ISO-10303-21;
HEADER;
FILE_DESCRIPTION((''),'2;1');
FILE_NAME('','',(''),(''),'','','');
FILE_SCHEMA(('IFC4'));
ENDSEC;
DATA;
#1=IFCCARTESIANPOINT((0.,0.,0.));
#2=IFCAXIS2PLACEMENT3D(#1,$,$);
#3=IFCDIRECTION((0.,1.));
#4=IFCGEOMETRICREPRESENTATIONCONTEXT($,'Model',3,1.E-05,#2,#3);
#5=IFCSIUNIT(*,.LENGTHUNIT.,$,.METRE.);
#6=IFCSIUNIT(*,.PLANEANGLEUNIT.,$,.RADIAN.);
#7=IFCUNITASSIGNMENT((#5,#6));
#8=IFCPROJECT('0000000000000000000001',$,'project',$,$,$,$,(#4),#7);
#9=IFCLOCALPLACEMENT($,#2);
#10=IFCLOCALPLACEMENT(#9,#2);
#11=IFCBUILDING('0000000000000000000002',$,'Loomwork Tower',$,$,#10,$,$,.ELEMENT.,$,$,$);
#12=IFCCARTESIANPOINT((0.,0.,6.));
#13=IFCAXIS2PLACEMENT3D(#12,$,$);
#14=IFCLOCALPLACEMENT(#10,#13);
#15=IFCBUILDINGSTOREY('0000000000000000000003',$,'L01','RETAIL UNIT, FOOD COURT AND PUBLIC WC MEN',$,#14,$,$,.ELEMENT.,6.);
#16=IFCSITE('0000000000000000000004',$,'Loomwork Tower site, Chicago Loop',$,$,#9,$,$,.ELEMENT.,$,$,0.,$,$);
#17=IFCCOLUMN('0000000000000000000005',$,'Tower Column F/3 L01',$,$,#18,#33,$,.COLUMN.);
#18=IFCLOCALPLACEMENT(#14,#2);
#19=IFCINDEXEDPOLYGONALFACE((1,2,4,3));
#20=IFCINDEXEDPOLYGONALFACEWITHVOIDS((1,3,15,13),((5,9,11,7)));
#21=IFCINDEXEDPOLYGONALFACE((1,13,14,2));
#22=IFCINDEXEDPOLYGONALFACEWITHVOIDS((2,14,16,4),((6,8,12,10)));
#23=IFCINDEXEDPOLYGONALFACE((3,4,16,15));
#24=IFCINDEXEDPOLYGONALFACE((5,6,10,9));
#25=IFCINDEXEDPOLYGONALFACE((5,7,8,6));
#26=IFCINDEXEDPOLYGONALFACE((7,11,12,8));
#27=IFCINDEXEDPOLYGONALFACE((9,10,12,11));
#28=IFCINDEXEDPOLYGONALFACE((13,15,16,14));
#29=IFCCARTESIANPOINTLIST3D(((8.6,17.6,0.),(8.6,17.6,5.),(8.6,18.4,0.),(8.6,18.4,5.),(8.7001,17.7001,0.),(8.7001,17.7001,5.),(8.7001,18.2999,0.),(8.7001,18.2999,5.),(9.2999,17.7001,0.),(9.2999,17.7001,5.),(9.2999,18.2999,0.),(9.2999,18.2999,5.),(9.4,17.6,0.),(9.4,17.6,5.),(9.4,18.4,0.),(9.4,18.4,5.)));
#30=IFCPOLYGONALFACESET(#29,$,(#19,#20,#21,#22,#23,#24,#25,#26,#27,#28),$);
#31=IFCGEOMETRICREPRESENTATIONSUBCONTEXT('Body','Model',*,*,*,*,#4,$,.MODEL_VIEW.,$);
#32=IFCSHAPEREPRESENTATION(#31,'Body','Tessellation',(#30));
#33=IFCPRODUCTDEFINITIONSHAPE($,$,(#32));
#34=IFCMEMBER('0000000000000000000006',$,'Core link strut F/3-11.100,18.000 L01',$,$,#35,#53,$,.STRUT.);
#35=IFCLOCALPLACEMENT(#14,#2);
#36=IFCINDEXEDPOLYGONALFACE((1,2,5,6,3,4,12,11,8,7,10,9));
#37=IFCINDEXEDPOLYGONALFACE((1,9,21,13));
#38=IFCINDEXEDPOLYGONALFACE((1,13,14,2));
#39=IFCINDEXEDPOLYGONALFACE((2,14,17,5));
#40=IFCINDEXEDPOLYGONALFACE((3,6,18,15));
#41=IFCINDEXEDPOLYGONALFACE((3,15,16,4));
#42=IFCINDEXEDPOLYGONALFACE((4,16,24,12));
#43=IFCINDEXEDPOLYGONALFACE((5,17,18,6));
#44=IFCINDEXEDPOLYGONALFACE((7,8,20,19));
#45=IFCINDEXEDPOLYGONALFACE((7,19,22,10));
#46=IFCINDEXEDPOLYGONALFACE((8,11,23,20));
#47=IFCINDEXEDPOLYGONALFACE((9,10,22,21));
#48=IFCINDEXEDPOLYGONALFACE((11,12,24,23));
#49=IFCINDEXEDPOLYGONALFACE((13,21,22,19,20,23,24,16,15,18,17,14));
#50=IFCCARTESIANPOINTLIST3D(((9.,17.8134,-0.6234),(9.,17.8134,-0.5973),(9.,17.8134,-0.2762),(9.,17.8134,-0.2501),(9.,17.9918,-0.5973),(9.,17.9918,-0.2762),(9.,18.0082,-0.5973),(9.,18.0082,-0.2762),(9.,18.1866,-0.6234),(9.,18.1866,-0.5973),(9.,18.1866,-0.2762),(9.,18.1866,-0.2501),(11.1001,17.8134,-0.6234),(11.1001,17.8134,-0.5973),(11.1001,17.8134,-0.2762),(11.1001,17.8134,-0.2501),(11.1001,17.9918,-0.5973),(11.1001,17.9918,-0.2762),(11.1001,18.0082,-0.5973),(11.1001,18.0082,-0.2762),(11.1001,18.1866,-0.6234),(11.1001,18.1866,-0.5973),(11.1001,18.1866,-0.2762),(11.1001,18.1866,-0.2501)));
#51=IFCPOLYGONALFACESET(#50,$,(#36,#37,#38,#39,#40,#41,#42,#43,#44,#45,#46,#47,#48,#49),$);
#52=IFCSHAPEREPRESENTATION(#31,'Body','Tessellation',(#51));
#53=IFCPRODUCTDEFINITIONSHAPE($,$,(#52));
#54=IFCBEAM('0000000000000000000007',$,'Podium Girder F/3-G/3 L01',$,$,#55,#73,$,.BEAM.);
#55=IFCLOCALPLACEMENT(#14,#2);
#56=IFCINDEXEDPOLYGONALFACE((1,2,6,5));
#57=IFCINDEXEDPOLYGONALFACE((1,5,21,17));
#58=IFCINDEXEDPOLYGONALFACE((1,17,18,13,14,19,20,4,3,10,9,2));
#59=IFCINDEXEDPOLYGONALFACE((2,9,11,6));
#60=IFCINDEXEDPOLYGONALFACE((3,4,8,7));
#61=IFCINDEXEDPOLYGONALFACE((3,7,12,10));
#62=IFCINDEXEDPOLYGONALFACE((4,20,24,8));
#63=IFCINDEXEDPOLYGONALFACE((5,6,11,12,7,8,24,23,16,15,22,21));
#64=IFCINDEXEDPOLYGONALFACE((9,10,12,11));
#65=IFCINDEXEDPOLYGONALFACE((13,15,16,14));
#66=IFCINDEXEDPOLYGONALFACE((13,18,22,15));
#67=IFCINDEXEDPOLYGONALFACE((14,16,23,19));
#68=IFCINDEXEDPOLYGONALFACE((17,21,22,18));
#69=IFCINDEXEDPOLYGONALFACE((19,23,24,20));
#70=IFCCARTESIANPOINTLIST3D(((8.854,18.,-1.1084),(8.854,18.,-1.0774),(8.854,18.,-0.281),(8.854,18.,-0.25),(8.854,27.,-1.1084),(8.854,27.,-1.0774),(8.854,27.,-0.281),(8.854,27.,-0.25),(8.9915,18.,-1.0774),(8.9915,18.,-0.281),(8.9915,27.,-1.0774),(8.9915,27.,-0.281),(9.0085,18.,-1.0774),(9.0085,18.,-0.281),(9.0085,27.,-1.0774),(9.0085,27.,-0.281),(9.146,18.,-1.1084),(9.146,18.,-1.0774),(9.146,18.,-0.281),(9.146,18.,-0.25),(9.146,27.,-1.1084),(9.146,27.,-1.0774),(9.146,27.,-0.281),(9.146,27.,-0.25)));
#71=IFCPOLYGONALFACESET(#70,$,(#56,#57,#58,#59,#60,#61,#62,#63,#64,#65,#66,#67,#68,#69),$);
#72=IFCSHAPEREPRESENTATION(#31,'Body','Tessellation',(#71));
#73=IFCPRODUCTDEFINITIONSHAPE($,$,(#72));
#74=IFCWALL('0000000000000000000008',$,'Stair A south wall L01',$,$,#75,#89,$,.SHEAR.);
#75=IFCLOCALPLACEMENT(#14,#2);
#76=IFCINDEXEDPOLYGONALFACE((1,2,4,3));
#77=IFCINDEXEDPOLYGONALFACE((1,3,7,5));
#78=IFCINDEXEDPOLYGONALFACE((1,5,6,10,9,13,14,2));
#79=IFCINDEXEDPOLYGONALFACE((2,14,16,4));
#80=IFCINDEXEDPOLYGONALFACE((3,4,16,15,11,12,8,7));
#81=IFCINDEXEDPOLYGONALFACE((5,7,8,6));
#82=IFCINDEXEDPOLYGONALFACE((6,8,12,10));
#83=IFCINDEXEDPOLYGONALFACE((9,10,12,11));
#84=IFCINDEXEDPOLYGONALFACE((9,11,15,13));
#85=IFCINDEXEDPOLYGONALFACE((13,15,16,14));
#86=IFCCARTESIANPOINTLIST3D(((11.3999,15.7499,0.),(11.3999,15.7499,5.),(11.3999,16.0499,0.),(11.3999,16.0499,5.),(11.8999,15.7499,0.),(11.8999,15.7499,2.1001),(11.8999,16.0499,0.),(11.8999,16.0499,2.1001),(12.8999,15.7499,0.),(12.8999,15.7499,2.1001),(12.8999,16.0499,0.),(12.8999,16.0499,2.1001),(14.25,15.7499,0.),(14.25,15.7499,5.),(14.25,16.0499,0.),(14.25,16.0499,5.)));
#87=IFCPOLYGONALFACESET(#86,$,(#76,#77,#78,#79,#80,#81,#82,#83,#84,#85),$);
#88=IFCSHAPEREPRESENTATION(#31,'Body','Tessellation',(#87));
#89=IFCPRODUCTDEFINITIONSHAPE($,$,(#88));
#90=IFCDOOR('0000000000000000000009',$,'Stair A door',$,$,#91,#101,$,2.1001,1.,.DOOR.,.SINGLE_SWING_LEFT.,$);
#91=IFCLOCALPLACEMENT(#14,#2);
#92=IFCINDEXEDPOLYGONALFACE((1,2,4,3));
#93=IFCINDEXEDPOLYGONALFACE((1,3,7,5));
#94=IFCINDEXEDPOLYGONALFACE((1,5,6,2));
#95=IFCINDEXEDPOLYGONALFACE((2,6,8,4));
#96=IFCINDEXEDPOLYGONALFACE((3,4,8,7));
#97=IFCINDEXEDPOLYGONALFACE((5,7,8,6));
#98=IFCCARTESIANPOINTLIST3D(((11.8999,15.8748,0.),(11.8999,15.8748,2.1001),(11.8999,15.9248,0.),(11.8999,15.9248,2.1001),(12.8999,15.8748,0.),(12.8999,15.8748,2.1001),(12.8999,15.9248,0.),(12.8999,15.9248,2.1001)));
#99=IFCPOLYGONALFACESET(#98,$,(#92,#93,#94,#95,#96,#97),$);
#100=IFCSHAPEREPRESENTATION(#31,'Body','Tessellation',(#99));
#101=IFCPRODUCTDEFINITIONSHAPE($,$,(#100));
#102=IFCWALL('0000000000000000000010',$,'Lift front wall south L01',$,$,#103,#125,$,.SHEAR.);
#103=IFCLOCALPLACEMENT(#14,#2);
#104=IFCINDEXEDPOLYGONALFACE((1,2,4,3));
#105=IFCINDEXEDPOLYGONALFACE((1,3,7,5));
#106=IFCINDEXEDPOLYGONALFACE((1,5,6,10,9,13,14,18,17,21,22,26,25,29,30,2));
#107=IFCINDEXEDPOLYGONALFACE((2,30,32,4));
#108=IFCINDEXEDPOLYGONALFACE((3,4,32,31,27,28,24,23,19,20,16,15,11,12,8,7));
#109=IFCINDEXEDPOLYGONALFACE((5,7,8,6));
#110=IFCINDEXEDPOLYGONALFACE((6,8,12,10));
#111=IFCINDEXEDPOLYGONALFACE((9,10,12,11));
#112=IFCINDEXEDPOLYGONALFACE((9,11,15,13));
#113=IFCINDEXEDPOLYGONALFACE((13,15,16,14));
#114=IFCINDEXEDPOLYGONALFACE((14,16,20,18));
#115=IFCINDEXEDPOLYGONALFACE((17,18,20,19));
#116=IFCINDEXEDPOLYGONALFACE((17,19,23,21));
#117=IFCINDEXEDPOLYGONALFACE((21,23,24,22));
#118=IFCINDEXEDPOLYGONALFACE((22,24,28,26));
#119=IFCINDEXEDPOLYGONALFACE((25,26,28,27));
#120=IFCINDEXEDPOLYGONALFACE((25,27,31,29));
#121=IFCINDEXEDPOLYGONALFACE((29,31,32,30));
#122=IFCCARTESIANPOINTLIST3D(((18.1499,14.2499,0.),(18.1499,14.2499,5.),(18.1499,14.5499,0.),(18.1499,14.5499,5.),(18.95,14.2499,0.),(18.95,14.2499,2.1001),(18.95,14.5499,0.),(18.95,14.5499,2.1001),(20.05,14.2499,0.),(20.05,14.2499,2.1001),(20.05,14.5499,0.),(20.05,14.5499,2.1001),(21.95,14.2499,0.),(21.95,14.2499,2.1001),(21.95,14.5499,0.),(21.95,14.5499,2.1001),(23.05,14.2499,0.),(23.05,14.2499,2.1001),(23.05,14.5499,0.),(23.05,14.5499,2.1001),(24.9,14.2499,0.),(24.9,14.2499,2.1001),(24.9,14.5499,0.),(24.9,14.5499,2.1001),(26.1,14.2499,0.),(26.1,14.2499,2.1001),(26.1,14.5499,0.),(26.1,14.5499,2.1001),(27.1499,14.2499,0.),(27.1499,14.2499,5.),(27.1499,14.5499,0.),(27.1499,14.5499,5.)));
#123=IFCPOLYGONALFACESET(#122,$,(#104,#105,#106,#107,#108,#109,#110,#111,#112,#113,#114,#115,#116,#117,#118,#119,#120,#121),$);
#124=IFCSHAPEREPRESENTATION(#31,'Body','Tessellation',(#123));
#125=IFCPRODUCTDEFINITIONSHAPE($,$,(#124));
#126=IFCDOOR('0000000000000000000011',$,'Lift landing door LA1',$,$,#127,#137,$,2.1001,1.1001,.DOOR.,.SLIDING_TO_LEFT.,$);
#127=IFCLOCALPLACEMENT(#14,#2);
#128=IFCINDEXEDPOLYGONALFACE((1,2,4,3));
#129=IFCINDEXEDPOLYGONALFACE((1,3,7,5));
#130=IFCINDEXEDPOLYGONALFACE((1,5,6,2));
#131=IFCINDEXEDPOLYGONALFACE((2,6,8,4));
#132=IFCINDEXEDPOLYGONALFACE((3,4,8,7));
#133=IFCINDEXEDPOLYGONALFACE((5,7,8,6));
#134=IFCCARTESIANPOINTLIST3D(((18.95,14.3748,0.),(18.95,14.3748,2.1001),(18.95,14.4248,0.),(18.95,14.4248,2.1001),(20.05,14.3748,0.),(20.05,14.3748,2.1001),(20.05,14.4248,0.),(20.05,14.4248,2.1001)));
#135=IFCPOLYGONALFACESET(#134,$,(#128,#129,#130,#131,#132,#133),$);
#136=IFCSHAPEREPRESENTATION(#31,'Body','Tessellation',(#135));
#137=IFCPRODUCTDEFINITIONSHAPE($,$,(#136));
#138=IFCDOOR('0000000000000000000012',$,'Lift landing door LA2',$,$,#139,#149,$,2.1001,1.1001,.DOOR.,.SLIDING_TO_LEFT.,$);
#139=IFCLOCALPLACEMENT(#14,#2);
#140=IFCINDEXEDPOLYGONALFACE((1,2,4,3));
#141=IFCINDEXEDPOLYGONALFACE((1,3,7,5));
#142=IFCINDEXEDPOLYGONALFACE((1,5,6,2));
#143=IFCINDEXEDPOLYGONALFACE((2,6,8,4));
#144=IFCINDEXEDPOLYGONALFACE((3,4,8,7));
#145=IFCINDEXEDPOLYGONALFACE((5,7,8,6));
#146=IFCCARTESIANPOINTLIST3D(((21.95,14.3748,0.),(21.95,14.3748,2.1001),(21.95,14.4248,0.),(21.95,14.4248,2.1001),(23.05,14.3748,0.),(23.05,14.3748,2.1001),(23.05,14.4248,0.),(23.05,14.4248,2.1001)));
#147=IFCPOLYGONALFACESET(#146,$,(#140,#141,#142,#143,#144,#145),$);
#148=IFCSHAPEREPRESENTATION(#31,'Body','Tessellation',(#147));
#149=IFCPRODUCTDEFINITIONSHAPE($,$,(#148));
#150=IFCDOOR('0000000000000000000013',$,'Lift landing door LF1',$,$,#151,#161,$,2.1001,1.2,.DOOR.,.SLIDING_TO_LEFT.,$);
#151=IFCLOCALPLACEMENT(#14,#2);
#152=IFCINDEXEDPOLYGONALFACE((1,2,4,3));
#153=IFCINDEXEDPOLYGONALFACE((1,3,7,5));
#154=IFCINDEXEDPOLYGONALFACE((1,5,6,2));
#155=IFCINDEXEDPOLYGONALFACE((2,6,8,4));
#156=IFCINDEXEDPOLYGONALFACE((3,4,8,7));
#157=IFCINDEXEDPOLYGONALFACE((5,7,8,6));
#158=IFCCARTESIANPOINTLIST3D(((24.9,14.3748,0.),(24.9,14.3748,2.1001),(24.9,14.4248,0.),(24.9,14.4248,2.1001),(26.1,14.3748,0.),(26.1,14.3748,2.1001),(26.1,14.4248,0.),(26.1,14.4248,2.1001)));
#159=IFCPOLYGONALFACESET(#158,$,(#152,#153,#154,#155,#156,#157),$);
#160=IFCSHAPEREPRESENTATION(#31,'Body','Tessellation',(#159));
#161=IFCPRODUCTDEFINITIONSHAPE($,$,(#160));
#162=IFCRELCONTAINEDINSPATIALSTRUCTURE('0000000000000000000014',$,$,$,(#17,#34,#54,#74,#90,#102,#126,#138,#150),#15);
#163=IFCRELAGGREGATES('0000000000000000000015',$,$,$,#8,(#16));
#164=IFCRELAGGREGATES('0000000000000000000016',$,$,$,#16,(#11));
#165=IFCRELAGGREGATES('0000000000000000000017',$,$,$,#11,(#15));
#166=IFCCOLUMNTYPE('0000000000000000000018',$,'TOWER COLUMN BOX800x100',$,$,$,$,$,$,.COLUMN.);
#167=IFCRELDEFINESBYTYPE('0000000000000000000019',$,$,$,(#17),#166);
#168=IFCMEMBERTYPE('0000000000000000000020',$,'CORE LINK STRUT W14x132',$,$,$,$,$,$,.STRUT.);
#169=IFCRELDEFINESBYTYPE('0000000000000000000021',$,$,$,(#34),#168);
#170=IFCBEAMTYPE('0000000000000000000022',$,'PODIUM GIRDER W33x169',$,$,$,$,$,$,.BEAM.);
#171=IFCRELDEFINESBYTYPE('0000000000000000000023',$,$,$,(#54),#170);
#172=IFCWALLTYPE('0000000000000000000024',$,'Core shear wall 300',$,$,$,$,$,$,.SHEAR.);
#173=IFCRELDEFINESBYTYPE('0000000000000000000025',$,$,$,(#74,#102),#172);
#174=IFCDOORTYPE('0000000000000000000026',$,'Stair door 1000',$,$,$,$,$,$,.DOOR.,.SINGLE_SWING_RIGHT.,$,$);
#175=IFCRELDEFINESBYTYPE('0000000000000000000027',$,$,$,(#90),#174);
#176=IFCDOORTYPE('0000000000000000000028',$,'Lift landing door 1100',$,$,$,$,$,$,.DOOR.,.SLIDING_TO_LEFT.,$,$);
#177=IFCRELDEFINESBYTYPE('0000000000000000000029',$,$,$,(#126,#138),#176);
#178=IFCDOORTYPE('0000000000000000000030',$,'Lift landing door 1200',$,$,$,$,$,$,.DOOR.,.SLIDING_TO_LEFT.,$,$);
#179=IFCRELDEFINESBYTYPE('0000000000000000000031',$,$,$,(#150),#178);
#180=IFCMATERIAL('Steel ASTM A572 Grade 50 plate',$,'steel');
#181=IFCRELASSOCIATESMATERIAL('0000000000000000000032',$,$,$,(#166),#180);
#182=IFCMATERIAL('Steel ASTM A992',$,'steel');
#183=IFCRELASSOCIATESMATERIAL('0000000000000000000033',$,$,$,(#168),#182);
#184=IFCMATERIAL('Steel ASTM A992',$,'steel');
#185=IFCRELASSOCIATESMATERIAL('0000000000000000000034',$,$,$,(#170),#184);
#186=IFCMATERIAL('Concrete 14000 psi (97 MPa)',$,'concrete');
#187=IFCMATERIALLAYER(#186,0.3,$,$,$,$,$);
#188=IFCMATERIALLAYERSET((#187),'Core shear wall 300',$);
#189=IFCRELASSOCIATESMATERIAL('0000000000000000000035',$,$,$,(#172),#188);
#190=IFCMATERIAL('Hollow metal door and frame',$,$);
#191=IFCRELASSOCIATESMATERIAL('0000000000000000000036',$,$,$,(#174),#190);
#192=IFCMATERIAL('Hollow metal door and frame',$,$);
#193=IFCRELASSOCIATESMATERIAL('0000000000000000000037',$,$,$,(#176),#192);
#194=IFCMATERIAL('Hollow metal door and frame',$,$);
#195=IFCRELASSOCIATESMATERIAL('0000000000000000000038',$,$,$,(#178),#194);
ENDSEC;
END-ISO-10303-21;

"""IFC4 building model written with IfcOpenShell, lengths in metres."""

from ifc_helpers import new_model, si_unit, direction, frame, frame_2d, origin, origin_2d, place, context, subcontext, project, spatial, rectangle, hollow_rectangle, i_section, extrude, material, layer, layer_set, material_profile, profile_set, type_object, element, fill, save


model = new_model("IFC4")

# Units and contexts
model_context = context("Model", 3, precision=1e-05, world=origin(), true_north=direction((0.0, 1.0)))
body_context = subcontext(model_context, "Body", "Model", "MODEL_VIEW")
ifc_project = project(units=[si_unit("LENGTHUNIT", "METRE"), si_unit("PLANEANGLEUNIT", "RADIAN")], contexts=[model_context])

# Site, building, storey
site_placement = place(None, origin())
site = spatial("IfcSite", under=ifc_project, at=site_placement, Name="Loomwork Tower site, Chicago Loop", CompositionType="ELEMENT", RefElevation=0.0)
building_placement = place(site_placement, origin())
building = spatial("IfcBuilding", under=site, at=building_placement, Name="Loomwork Tower", CompositionType="ELEMENT")
storey_placement = place(building_placement, frame((0.0, 0.0, 6.0)))
storey = spatial("IfcBuildingStorey", under=building, at=storey_placement, Name="L01", Description="RETAIL UNIT, FOOD COURT AND PUBLIC WC MEN", CompositionType="ELEMENT", Elevation=6.0)

# Column
ifc_material_1 = material(Name="Steel ASTM A572 Grade 50 plate", Category="steel")
ifc_material_profile_1 = material_profile(ifc_material_1, hollow_rectangle(XDim=0.8, YDim=0.8, WallThickness=0.1001, at=origin_2d()), Name="BOX800x100")
ifc_profile_set_1 = profile_set([ifc_material_profile_1], Name="Steel ASTM A572 Grade 50 plate")
column_type = type_object("IfcColumnType", Name="TOWER COLUMN BOX800x100", PredefinedType="COLUMN", material=ifc_profile_set_1)
column_placement = place(storey_placement, frame((9.0, 18.0, 0.0), z_axis=(0.0, 0.0, 1.0), x_axis=(1.0, 0.0, 0.0)))
element("IfcColumn", 1, at=column_placement, inside=storey, type_object=column_type, Name="Tower Column F/3 L01", PredefinedType="COLUMN", context=body_context, shape_type="SweptSolid", body=[
    extrude(hollow_rectangle(XDim=0.8, YDim=0.8, WallThickness=0.1001, at=origin_2d()), origin(), (0.0, 0.0, 1.0), 5.0),
])

# Member
ifc_material_2 = material(Name="Steel ASTM A992", Category="steel")
ifc_material_profile_2 = material_profile(ifc_material_2, i_section(OverallWidth=0.3733, OverallDepth=0.3733, WebThickness=0.0164, FlangeThickness=0.0261, at=origin_2d()), Name="W14x132")
ifc_profile_set_2 = profile_set([ifc_material_profile_2], Name="Steel ASTM A992")
member_type = type_object("IfcMemberType", Name="CORE LINK STRUT W14x132", PredefinedType="STRUT", material=ifc_profile_set_2)
member_placement = place(storey_placement, frame((9.0, 18.0, -0.4368), z_axis=(1.0, 0.0, 0.0), x_axis=(0.0, 1.0, 0.0)))
element("IfcMember", 2, at=member_placement, inside=storey, type_object=member_type, Name="Core link strut F/3-11.100,18.000 L01", PredefinedType="STRUT", context=body_context, shape_type="SweptSolid", body=[
    extrude(i_section(OverallWidth=0.3733, OverallDepth=0.3733, WebThickness=0.0164, FlangeThickness=0.0261, at=origin_2d()), origin(), (0.0, 0.0, 1.0), 2.1001),
])

# Beam
ifc_material_3 = material(Name="Steel ASTM A992", Category="steel")
ifc_material_profile_3 = material_profile(ifc_material_3, i_section(OverallWidth=0.292, OverallDepth=0.8584, WebThickness=0.0171, FlangeThickness=0.031, at=origin_2d()), Name="W33x169")
ifc_profile_set_3 = profile_set([ifc_material_profile_3], Name="Steel ASTM A992")
beam_type = type_object("IfcBeamType", Name="PODIUM GIRDER W33x169", PredefinedType="BEAM", material=ifc_profile_set_3)
beam_placement = place(storey_placement, frame((9.0, 18.0, -0.6792), z_axis=(0.0, 1.0, 0.0), x_axis=(-1.0, 0.0, 0.0)))
element("IfcBeam", 3, at=beam_placement, inside=storey, type_object=beam_type, Name="Podium Girder F/3-G/3 L01", PredefinedType="BEAM", context=body_context, shape_type="SweptSolid", body=[
    extrude(i_section(OverallWidth=0.292, OverallDepth=0.8584, WebThickness=0.0171, FlangeThickness=0.031, at=origin_2d()), origin(), (0.0, 0.0, 1.0), 9.0),
])

# Wall, opening, door
ifc_material_4 = material(Name="Concrete 14000 psi (97 MPa)", Category="concrete")
ifc_layer_1 = layer(ifc_material_4, 0.3)
ifc_layer_set_1 = layer_set([ifc_layer_1], Name="Core shear wall 300")
wall_type_1 = type_object("IfcWallType", Name="Core shear wall 300", PredefinedType="SHEAR", material=ifc_layer_set_1)
wall_1_placement = place(storey_placement, frame((11.3999, 15.8999, 0.0), z_axis=(0.0, 0.0, 1.0), x_axis=(1.0, 0.0, 0.0)))
wall_1 = element("IfcWall", 4, at=wall_1_placement, inside=storey, type_object=wall_type_1, Name="Stair A south wall L01", PredefinedType="SHEAR", context=body_context, shape_type="SweptSolid", body=[
    extrude(rectangle(XDim=2.8501, YDim=0.3, at=frame_2d((1.425, 0.0))), origin(), (0.0, 0.0, 1.0), 5.0),
])
opening_1_placement = place(wall_1_placement, frame((0.5, 0.0, 0.0)))
opening_1 = element("IfcOpeningElement", 5, at=opening_1_placement, cuts=wall_1, PredefinedType="OPENING", context=body_context, shape_type="SweptSolid", body=[
    extrude(rectangle(XDim=1.0, YDim=2.1001, at=frame_2d((0.5, 1.05))), frame((0.0, 0.1599, 0.0), z_axis=(0.0, -1.0, 0.0), x_axis=(1.0, 0.0, 0.0)), (0.0, 0.0, 1.0), 0.3201),
])
ifc_material_5 = material(Name="Hollow metal door and frame")
door_type_1 = type_object("IfcDoorType", Name="Stair door 1000", OperationType="SINGLE_SWING_RIGHT", PredefinedType="DOOR", material=ifc_material_5)
door_1_placement = place(opening_1_placement, origin())
door_1 = element("IfcDoor", 6, at=door_1_placement, inside=storey, type_object=door_type_1, Name="Stair A door", OperationType="SINGLE_SWING_LEFT", OverallHeight=2.1001, OverallWidth=1.0, PredefinedType="DOOR", context=body_context, shape_type="SweptSolid", body=[
    extrude(rectangle(XDim=1.0, YDim=2.1001, at=frame_2d((0.5, 1.05))), frame((0.0, 0.0249, 0.0), z_axis=(0.0, -1.0, 0.0), x_axis=(1.0, 0.0, 0.0)), (0.0, 0.0, 1.0), 0.05),
])
fill(opening_1, door_1)

# Wall, openings, doors
wall_2_placement = place(storey_placement, frame((18.1499, 14.3999, 0.0), z_axis=(0.0, 0.0, 1.0), x_axis=(1.0, 0.0, 0.0)))
wall_2 = element("IfcWall", 7, at=wall_2_placement, inside=storey, type_object=wall_type_1, Name="Lift front wall south L01", PredefinedType="SHEAR", context=body_context, shape_type="SweptSolid", body=[
    extrude(rectangle(XDim=9.0, YDim=0.3, at=frame_2d((4.5, 0.0))), origin(), (0.0, 0.0, 1.0), 5.0),
])
opening_2_placement = place(wall_2_placement, frame((0.8, 0.0, 0.0)))
opening_2 = element("IfcOpeningElement", 8, at=opening_2_placement, cuts=wall_2, PredefinedType="OPENING", context=body_context, shape_type="SweptSolid", body=[
    extrude(rectangle(XDim=1.1001, YDim=2.1001, at=frame_2d((0.55, 1.05))), frame((0.0, 0.1599, 0.0), z_axis=(0.0, -1.0, 0.0), x_axis=(1.0, 0.0, 0.0)), (0.0, 0.0, 1.0), 0.3201),
])
opening_3_placement = place(wall_2_placement, frame((3.8, 0.0, 0.0)))
opening_3 = element("IfcOpeningElement", 9, at=opening_3_placement, cuts=wall_2, PredefinedType="OPENING", context=body_context, shape_type="SweptSolid", body=[
    extrude(rectangle(XDim=1.1001, YDim=2.1001, at=frame_2d((0.55, 1.05))), frame((0.0, 0.1599, 0.0), z_axis=(0.0, -1.0, 0.0), x_axis=(1.0, 0.0, 0.0)), (0.0, 0.0, 1.0), 0.3201),
])
opening_4_placement = place(wall_2_placement, frame((6.75, 0.0, 0.0)))
opening_4 = element("IfcOpeningElement", 10, at=opening_4_placement, cuts=wall_2, PredefinedType="OPENING", context=body_context, shape_type="SweptSolid", body=[
    extrude(rectangle(XDim=1.2, YDim=2.1001, at=frame_2d((0.6001, 1.05))), frame((0.0, 0.1599, 0.0), z_axis=(0.0, -1.0, 0.0), x_axis=(1.0, 0.0, 0.0)), (0.0, 0.0, 1.0), 0.3201),
])
ifc_material_6 = material(Name="Hollow metal door and frame")
door_type_2 = type_object("IfcDoorType", Name="Lift landing door 1100", OperationType="SLIDING_TO_LEFT", PredefinedType="DOOR", material=ifc_material_6)
door_2_placement = place(opening_2_placement, origin())
door_2 = element("IfcDoor", 11, at=door_2_placement, inside=storey, type_object=door_type_2, Name="Lift landing door LA1", OperationType="SLIDING_TO_LEFT", OverallHeight=2.1001, OverallWidth=1.1001, PredefinedType="DOOR", context=body_context, shape_type="SweptSolid", body=[
    extrude(rectangle(XDim=1.1001, YDim=2.1001, at=frame_2d((0.55, 1.05))), frame((0.0, 0.0249, 0.0), z_axis=(0.0, -1.0, 0.0), x_axis=(1.0, 0.0, 0.0)), (0.0, 0.0, 1.0), 0.05),
])
fill(opening_2, door_2)
door_3_placement = place(opening_3_placement, origin())
door_3 = element("IfcDoor", 12, at=door_3_placement, inside=storey, type_object=door_type_2, Name="Lift landing door LA2", OperationType="SLIDING_TO_LEFT", OverallHeight=2.1001, OverallWidth=1.1001, PredefinedType="DOOR", context=body_context, shape_type="SweptSolid", body=[
    extrude(rectangle(XDim=1.1001, YDim=2.1001, at=frame_2d((0.55, 1.05))), frame((0.0, 0.0249, 0.0), z_axis=(0.0, -1.0, 0.0), x_axis=(1.0, 0.0, 0.0)), (0.0, 0.0, 1.0), 0.05),
])
fill(opening_3, door_3)
ifc_material_7 = material(Name="Hollow metal door and frame")
door_type_3 = type_object("IfcDoorType", Name="Lift landing door 1200", OperationType="SLIDING_TO_LEFT", PredefinedType="DOOR", material=ifc_material_7)
door_4_placement = place(opening_4_placement, origin())
door_4 = element("IfcDoor", 13, at=door_4_placement, inside=storey, type_object=door_type_3, Name="Lift landing door LF1", OperationType="SLIDING_TO_LEFT", OverallHeight=2.1001, OverallWidth=1.2, PredefinedType="DOOR", context=body_context, shape_type="SweptSolid", body=[
    extrude(rectangle(XDim=1.2, YDim=2.1001, at=frame_2d((0.6001, 1.05))), frame((0.0, 0.0249, 0.0), z_axis=(0.0, -1.0, 0.0), x_axis=(1.0, 0.0, 0.0)), (0.0, 0.0, 1.0), 0.05),
])
fill(opening_4, door_4)

save(model, "model.ifc")
